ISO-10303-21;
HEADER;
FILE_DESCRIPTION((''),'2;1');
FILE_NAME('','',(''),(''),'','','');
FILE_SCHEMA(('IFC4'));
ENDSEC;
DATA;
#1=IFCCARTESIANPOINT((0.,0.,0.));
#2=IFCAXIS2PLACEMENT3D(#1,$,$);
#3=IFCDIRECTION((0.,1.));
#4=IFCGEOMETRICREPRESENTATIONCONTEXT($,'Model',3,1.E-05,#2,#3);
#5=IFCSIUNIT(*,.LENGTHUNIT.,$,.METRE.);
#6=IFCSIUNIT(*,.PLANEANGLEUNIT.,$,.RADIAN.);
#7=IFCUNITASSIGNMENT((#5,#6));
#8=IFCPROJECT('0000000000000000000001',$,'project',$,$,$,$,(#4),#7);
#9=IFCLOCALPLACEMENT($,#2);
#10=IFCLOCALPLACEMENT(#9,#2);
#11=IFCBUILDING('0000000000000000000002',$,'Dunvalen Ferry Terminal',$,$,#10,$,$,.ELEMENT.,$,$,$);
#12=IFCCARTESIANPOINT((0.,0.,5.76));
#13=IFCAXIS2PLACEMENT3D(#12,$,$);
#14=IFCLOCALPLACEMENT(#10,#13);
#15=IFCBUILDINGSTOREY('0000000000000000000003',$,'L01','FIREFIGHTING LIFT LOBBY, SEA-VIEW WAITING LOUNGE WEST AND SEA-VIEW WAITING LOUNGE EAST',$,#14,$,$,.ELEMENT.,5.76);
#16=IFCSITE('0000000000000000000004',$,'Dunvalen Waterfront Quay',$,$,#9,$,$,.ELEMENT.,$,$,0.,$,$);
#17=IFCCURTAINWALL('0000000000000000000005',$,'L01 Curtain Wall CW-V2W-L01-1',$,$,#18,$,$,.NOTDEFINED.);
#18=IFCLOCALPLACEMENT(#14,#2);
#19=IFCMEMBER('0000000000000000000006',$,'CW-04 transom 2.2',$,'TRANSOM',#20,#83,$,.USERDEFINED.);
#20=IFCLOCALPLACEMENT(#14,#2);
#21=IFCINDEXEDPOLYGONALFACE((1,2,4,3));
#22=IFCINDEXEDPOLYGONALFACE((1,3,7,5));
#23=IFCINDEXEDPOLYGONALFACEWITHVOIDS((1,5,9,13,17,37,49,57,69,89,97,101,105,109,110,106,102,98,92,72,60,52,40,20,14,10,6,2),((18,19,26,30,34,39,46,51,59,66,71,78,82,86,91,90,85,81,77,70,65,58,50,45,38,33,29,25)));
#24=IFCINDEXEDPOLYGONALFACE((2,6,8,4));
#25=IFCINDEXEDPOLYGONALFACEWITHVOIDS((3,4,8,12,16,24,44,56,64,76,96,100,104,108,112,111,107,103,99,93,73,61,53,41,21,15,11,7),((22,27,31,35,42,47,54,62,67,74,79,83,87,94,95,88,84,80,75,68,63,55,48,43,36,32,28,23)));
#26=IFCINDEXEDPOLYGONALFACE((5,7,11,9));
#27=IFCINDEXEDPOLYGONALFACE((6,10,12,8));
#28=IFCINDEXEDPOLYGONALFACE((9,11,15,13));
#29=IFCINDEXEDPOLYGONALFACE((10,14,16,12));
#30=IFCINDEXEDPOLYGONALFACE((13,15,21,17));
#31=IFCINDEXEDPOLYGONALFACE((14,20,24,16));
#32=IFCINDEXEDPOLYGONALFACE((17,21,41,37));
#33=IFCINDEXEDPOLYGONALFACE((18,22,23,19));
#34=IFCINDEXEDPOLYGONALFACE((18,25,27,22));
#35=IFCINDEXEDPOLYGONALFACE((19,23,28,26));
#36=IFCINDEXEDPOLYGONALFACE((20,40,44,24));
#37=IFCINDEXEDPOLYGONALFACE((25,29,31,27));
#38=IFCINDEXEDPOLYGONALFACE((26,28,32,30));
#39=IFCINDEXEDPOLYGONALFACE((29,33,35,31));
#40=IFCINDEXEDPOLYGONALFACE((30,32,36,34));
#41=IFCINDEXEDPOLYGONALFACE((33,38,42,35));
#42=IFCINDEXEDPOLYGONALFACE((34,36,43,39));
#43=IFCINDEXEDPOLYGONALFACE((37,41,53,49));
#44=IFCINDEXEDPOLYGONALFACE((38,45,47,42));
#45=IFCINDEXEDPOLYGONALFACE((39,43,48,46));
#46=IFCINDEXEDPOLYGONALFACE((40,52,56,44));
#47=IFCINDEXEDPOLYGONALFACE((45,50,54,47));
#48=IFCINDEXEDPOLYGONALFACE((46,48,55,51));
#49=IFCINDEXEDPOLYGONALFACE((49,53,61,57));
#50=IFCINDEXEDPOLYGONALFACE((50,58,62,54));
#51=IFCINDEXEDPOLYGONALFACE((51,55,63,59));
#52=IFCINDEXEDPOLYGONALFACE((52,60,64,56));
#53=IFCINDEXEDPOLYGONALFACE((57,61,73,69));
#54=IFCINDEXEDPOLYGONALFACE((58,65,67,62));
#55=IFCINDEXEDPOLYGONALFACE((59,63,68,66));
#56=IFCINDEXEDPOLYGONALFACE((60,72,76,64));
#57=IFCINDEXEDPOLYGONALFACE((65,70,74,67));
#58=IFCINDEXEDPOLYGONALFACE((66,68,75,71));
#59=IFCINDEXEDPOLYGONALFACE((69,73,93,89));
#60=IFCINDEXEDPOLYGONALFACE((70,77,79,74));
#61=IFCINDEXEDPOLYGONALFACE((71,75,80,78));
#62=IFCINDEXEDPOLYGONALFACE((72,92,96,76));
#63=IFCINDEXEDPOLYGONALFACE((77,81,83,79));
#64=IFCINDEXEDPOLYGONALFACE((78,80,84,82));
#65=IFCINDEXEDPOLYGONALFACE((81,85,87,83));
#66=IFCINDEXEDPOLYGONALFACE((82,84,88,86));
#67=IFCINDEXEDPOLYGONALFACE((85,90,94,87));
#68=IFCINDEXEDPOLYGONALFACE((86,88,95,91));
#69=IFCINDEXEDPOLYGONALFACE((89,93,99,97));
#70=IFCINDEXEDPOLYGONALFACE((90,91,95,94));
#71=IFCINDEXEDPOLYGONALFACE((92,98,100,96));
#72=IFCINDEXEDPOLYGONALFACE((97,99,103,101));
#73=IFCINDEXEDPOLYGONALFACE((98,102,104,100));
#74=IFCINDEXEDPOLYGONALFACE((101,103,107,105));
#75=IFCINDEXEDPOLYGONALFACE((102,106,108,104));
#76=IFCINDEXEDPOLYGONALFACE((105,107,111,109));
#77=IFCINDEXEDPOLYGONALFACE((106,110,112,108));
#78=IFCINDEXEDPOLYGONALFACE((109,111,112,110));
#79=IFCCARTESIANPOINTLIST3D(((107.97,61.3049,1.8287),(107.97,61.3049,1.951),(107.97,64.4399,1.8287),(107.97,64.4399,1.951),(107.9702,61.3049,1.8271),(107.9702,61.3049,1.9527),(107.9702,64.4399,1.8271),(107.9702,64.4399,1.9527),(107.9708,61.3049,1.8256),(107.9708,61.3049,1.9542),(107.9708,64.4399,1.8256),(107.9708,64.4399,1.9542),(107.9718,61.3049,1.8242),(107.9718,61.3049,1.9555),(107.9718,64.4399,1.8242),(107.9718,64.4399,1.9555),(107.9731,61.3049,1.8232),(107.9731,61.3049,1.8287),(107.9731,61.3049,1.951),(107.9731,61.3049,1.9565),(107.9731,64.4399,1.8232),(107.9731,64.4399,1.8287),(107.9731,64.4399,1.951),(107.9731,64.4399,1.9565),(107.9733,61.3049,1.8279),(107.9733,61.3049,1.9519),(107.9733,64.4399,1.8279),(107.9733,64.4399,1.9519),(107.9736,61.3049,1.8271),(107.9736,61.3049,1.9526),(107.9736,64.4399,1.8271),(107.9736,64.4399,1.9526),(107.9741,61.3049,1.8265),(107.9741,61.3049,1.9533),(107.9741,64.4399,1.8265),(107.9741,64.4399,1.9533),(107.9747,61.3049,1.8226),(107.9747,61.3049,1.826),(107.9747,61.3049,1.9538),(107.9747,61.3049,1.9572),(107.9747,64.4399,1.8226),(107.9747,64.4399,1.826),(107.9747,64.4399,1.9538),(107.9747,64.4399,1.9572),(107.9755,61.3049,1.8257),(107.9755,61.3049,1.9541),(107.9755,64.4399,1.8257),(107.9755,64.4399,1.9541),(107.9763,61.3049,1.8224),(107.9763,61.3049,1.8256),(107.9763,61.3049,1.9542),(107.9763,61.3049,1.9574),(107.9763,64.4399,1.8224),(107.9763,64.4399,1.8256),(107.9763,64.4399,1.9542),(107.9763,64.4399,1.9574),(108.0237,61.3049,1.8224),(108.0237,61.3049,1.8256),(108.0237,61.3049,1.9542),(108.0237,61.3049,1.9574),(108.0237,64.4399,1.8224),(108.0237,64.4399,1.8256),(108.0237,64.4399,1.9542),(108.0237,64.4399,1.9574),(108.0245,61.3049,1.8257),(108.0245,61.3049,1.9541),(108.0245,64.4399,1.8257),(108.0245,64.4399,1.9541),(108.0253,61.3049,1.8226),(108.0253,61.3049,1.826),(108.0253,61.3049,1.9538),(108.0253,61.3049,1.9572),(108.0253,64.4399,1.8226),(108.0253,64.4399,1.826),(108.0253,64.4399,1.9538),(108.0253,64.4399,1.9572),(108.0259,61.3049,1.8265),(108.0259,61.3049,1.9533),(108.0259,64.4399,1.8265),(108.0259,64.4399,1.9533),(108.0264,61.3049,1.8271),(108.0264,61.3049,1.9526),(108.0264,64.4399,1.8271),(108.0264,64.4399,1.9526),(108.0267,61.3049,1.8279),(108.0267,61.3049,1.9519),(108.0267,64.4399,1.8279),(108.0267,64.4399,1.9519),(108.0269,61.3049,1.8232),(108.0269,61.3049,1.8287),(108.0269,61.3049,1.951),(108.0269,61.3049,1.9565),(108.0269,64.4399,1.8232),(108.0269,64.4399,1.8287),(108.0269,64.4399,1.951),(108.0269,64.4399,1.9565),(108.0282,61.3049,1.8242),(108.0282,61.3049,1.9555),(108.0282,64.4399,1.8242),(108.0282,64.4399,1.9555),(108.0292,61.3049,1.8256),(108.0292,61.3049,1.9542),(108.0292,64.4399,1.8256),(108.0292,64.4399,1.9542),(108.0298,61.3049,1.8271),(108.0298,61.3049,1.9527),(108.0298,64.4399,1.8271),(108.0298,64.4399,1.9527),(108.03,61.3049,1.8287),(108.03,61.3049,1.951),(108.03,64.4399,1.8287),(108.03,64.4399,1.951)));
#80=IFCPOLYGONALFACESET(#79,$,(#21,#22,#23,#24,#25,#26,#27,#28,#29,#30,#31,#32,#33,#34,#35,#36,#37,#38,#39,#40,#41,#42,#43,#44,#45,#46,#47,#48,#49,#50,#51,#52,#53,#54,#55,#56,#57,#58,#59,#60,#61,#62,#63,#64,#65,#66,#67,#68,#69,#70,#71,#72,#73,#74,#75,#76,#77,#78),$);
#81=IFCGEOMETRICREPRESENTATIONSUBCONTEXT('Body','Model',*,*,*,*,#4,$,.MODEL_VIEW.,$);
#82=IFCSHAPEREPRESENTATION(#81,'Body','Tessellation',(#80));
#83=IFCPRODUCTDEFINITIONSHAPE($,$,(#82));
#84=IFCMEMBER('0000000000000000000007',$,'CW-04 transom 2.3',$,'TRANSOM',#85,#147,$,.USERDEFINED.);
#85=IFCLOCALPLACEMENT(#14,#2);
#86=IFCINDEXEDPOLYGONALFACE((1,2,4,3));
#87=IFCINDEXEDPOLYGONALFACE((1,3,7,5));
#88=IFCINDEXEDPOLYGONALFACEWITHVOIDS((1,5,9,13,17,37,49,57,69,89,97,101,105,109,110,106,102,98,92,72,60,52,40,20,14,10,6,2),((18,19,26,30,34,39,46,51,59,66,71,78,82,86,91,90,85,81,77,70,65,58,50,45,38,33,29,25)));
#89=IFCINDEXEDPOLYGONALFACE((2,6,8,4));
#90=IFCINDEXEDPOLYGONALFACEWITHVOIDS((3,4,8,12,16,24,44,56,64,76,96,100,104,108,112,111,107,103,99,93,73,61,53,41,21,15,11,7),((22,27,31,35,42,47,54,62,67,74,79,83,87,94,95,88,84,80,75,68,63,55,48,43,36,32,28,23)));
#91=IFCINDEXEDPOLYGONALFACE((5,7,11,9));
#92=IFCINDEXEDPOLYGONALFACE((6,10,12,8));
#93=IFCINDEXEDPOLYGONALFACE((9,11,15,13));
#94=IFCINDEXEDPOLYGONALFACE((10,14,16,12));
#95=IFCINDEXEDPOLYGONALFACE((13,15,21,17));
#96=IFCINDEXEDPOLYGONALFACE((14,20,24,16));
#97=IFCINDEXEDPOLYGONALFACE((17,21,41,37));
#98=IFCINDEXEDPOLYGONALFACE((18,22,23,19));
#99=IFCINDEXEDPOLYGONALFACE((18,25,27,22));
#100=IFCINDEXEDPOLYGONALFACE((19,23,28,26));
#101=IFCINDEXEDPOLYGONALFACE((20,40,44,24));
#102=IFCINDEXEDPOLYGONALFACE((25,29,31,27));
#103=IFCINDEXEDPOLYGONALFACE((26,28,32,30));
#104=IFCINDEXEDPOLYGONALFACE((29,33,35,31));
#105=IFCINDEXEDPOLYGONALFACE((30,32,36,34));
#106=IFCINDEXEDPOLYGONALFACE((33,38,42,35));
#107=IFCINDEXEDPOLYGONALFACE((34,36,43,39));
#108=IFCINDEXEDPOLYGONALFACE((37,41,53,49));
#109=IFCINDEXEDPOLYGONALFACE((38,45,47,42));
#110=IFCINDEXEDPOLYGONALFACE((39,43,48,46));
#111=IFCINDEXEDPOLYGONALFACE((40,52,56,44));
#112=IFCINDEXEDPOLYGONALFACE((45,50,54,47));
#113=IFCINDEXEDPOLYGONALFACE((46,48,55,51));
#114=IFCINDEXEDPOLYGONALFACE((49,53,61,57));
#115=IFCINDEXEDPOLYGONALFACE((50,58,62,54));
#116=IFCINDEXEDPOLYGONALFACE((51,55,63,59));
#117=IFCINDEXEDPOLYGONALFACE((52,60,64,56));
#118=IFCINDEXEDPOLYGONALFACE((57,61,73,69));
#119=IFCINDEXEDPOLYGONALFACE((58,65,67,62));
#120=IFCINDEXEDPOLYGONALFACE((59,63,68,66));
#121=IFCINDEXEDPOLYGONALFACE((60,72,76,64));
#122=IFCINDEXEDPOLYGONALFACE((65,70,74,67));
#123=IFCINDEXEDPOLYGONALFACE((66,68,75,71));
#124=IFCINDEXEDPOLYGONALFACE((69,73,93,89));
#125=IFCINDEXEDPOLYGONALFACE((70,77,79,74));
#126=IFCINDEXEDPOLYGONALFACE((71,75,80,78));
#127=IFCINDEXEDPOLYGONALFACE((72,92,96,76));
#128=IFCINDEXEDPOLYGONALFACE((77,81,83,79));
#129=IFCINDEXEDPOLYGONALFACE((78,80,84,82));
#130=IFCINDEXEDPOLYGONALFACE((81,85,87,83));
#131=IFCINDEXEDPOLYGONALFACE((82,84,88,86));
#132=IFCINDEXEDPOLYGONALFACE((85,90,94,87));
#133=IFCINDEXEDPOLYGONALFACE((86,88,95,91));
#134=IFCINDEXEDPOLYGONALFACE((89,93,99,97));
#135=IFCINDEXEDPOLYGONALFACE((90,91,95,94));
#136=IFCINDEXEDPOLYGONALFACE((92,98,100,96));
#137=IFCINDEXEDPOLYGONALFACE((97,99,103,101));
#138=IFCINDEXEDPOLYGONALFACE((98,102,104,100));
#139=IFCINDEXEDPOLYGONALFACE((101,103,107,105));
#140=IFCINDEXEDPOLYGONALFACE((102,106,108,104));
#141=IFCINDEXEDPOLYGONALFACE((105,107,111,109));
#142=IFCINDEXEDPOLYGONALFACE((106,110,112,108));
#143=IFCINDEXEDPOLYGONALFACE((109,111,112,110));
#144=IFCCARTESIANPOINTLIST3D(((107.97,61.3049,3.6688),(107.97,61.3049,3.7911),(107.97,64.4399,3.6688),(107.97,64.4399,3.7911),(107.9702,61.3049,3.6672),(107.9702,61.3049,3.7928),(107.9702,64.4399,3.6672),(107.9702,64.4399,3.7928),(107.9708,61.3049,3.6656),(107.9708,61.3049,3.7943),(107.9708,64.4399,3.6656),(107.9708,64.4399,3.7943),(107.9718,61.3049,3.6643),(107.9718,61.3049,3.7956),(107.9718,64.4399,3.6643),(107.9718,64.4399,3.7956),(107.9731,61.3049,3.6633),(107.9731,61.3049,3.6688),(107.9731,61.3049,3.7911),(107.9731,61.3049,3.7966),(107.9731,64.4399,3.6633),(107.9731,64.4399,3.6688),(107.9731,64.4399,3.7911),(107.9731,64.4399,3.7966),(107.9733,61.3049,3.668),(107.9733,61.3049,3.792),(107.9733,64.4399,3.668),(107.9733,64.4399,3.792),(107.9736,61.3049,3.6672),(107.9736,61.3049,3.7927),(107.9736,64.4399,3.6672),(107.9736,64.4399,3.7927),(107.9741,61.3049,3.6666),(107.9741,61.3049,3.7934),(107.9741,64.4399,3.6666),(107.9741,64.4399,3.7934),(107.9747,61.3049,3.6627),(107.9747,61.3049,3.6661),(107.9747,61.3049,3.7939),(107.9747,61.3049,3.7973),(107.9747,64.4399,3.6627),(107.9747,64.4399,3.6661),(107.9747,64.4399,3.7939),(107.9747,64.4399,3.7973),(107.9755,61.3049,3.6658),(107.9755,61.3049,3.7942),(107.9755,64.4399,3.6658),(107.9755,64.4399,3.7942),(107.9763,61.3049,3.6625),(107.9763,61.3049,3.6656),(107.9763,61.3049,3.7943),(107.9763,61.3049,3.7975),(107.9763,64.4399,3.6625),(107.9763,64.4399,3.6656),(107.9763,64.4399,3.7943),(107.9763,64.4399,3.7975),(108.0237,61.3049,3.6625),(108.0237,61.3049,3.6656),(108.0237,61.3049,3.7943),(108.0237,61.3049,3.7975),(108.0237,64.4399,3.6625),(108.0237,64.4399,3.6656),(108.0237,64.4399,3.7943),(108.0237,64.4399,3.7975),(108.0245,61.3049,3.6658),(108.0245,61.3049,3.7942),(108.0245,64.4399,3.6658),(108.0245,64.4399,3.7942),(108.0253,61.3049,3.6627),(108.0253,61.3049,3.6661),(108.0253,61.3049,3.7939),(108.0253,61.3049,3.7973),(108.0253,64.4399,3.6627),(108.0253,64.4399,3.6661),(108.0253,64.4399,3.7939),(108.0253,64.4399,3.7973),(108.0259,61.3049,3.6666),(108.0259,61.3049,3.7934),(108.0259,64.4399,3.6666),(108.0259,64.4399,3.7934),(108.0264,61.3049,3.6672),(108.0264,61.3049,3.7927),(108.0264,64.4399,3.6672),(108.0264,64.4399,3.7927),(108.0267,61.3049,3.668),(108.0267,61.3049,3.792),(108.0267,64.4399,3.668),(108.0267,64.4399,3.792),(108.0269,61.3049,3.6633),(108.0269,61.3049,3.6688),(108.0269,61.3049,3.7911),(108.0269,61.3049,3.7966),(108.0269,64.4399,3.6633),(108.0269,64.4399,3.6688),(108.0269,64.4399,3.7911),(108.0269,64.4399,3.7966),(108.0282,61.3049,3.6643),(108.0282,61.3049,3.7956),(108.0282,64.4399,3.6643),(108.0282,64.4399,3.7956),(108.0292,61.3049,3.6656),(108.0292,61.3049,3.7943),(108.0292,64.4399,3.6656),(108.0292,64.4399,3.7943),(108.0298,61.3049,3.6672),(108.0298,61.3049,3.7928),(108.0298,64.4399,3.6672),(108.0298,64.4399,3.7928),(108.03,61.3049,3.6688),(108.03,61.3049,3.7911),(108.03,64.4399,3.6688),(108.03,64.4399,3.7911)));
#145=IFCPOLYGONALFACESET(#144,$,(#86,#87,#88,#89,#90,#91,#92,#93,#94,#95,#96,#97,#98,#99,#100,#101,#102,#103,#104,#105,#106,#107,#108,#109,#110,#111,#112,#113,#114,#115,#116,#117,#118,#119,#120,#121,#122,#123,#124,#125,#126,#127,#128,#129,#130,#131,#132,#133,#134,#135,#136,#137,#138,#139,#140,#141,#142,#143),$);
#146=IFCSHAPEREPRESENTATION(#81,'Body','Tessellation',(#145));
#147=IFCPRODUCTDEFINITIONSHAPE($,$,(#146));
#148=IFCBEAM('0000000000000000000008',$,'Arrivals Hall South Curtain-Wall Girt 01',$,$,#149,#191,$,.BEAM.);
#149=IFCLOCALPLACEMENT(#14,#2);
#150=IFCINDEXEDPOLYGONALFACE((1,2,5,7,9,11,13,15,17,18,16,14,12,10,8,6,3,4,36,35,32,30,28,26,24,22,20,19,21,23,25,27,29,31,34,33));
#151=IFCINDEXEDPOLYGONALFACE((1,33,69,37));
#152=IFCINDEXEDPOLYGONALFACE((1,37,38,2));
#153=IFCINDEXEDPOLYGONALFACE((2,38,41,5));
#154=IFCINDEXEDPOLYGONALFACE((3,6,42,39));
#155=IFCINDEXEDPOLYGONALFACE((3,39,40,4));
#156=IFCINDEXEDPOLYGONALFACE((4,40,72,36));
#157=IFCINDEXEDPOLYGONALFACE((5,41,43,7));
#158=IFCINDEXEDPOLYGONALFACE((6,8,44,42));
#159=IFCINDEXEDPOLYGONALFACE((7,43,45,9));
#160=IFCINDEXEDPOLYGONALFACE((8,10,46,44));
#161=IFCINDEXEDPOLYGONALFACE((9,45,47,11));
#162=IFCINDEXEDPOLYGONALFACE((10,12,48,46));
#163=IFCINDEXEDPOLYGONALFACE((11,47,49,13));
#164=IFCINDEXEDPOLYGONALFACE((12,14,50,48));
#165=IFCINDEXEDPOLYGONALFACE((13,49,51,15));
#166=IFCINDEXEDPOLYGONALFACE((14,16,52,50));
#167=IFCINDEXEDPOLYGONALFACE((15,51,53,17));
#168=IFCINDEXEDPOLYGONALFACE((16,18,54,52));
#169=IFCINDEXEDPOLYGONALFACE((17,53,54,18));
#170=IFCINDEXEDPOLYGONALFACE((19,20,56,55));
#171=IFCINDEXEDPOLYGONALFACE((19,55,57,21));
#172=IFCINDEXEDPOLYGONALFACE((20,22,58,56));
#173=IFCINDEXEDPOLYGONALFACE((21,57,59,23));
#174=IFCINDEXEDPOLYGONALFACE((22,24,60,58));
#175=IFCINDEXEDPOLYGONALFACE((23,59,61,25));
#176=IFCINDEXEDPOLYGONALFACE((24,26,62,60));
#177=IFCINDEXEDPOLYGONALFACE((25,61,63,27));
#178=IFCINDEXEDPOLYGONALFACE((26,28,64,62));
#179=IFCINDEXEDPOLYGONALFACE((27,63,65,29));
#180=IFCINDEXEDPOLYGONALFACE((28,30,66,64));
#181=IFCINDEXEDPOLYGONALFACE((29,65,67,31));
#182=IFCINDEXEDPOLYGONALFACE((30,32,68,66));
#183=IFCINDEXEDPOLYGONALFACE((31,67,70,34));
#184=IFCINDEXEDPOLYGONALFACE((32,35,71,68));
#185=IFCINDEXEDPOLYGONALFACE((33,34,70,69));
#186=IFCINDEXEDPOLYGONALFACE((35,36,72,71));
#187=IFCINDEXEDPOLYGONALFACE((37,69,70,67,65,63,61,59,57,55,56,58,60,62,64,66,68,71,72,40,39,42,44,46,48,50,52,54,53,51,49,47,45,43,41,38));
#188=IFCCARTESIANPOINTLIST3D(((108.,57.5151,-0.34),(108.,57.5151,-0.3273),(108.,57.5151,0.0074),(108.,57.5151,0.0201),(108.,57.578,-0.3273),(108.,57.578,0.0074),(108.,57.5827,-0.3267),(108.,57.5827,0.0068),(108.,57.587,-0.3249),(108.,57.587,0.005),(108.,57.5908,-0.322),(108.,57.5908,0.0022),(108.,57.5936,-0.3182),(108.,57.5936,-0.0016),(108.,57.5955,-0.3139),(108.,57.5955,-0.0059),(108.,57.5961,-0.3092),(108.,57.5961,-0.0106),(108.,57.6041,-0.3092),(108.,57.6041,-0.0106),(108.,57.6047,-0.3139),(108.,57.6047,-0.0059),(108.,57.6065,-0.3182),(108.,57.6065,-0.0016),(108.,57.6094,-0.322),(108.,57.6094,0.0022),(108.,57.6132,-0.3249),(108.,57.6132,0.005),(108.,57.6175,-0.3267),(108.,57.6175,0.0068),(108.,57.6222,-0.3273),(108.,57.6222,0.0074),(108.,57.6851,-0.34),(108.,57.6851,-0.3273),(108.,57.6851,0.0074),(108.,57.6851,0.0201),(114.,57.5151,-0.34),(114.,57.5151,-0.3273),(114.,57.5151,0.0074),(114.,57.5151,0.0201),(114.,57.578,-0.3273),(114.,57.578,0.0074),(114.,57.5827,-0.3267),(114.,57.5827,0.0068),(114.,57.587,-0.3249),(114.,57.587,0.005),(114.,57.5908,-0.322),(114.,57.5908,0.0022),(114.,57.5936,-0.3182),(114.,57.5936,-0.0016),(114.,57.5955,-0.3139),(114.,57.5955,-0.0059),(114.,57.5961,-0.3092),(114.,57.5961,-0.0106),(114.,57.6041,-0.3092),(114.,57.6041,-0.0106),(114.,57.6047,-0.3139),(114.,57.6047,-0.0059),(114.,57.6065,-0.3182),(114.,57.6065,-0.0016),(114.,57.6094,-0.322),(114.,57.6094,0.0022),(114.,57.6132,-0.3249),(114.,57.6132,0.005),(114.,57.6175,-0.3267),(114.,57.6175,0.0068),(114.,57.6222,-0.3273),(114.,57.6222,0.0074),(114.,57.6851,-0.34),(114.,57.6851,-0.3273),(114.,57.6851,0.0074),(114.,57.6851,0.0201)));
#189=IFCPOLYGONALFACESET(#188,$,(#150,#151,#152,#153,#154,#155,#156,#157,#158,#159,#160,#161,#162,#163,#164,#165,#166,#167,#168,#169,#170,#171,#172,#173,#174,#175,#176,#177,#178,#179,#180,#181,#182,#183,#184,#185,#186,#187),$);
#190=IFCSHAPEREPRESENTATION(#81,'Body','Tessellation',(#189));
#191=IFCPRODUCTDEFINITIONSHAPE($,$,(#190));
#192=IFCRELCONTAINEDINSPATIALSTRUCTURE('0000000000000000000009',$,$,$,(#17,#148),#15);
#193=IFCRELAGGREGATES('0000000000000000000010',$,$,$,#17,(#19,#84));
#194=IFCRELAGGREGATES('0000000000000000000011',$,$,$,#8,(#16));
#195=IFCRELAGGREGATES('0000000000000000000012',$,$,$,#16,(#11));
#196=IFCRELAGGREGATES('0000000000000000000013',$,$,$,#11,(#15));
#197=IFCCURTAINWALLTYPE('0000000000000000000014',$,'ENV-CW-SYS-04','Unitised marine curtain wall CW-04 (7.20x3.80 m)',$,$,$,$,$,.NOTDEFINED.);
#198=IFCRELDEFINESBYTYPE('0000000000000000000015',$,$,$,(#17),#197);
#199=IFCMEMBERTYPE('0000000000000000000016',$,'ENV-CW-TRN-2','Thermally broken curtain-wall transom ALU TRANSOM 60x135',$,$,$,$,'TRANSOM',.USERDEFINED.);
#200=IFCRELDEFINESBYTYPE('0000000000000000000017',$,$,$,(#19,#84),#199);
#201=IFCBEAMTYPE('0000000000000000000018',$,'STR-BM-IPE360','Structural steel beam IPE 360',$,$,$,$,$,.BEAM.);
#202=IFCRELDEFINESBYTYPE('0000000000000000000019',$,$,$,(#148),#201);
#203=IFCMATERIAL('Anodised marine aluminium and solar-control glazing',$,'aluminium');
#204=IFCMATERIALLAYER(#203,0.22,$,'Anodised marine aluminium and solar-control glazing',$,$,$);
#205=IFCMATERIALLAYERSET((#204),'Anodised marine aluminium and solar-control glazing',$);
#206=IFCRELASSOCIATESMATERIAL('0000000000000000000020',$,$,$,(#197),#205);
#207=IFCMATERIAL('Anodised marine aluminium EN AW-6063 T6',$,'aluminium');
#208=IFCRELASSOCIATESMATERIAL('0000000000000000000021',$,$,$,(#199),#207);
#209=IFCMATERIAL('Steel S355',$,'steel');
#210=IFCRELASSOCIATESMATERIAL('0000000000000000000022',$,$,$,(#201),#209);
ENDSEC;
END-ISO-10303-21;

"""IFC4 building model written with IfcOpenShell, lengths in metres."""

from ifc_helpers import new_model, si_unit, direction, frame, origin, origin_2d, place, context, subcontext, project, spatial, hollow_rectangle, i_section, extrude, material, layer, layer_set, material_profile, profile_set, type_object, element, aggregate, save


model = new_model("IFC4")

# Units and contexts
model_context = context("Model", 3, precision=1e-05, world=origin(), true_north=direction((0.0, 1.0)))
body_context = subcontext(model_context, "Body", "Model", "MODEL_VIEW")
ifc_project = project(units=[si_unit("LENGTHUNIT", "METRE"), si_unit("PLANEANGLEUNIT", "RADIAN")], contexts=[model_context])

# Site, building, storey
site_placement = place(None, origin())
site = spatial("IfcSite", under=ifc_project, at=site_placement, Name="Dunvalen Waterfront Quay", CompositionType="ELEMENT", RefElevation=0.0)
building_placement = place(site_placement, origin())
building = spatial("IfcBuilding", under=site, at=building_placement, Name="Dunvalen Ferry Terminal", CompositionType="ELEMENT")
storey_placement = place(building_placement, frame((0.0, 0.0, 5.76)))
storey = spatial("IfcBuildingStorey", under=building, at=storey_placement, Name="L01", Description="FIREFIGHTING LIFT LOBBY, SEA-VIEW WAITING LOUNGE WEST AND SEA-VIEW WAITING LOUNGE EAST", CompositionType="ELEMENT", Elevation=5.76)

# Shared definitions
ifc_material_1 = material(Name="Anodised marine aluminium and solar-control glazing", Category="aluminium")
ifc_layer_1 = layer(ifc_material_1, 0.22, Name="Anodised marine aluminium and solar-control glazing")
ifc_layer_set_1 = layer_set([ifc_layer_1], Name="Anodised marine aluminium and solar-control glazing")
curtain_wall_type = type_object("IfcCurtainWallType", Name="ENV-CW-SYS-04", Description="Unitised marine curtain wall CW-04 (7.20x3.80 m)", PredefinedType="NOTDEFINED", material=ifc_layer_set_1)
ifc_material_2 = material(Name="Anodised marine aluminium EN AW-6063 T6", Category="aluminium")

# Curtain wall
curtain_wall_1_placement = place(storey_placement, origin())
curtain_wall_1 = element("IfcCurtainWall", 1, at=curtain_wall_1_placement, inside=storey, type_object=curtain_wall_type, Name="L01 Curtain Wall CW-V2W-L01-1", PredefinedType="NOTDEFINED")

# Members
ifc_material_profile_1 = material_profile(ifc_material_2, hollow_rectangle(XDim=0.0601, YDim=0.135, WallThickness=0.0032, InnerFilletRadius=0.0032, OuterFilletRadius=0.0063, at=origin_2d()), Name="Anodised marine aluminium EN AW-6063 T6")
ifc_profile_set_1 = profile_set([ifc_material_profile_1], Name="Anodised marine aluminium EN AW-6063 T6")
member_type_1 = type_object("IfcMemberType", Name="ENV-CW-TRN-2", Description="Thermally broken curtain-wall transom ALU TRANSOM 60x135", ElementType="TRANSOM", PredefinedType="USERDEFINED", material=ifc_profile_set_1)
member_1_placement = place(storey_placement, frame((108.0, 61.3049, 1.8899), z_axis=(0.0, 1.0, 0.0), x_axis=(-1.0, 0.0, 0.0)))
member_1 = element("IfcMember", 2, at=member_1_placement, type_object=member_type_1, Name="CW-04 transom 2.2", ObjectType="TRANSOM", PredefinedType="USERDEFINED", context=body_context, shape_type="SweptSolid", body=[
    extrude(hollow_rectangle(XDim=0.0601, YDim=0.135, WallThickness=0.0032, InnerFilletRadius=0.0032, OuterFilletRadius=0.0063, at=origin_2d()), origin(), (0.0, 0.0, 1.0), 3.135),
])
member_2_placement = place(storey_placement, frame((108.0, 61.3049, 3.73), z_axis=(0.0, 1.0, 0.0), x_axis=(-1.0, 0.0, 0.0)))
member_2 = element("IfcMember", 3, at=member_2_placement, type_object=member_type_1, Name="CW-04 transom 2.3", ObjectType="TRANSOM", PredefinedType="USERDEFINED", context=body_context, shape_type="SweptSolid", body=[
    extrude(hollow_rectangle(XDim=0.0601, YDim=0.135, WallThickness=0.0032, InnerFilletRadius=0.0032, OuterFilletRadius=0.0063, at=origin_2d()), origin(), (0.0, 0.0, 1.0), 3.135),
])

# Beam
ifc_material_3 = material(Name="Steel S355", Category="steel")
ifc_material_profile_2 = material_profile(ifc_material_3, i_section(OverallWidth=0.1699, OverallDepth=0.3601, WebThickness=0.0081, FlangeThickness=0.0127, FilletRadius=0.0181, at=origin_2d()), Name="Steel S355")
ifc_profile_set_2 = profile_set([ifc_material_profile_2], Name="Steel S355")
beam_type_1 = type_object("IfcBeamType", Name="STR-BM-IPE360", Description="Structural steel beam IPE 360", PredefinedType="BEAM", material=ifc_profile_set_2)
beam_1_placement = place(storey_placement, frame((108.0, 57.6001, -0.1599), z_axis=(1.0, 0.0, 0.0), x_axis=(0.0, 1.0, 0.0)))
element("IfcBeam", 4, at=beam_1_placement, inside=storey, type_object=beam_type_1, Name="Arrivals Hall South Curtain-Wall Girt 01", PredefinedType="BEAM", context=body_context, shape_type="SweptSolid", body=[
    extrude(i_section(OverallWidth=0.1699, OverallDepth=0.3601, WebThickness=0.0081, FlangeThickness=0.0127, FilletRadius=0.0181, at=origin_2d()), origin(), (0.0, 0.0, 1.0), 6.0),
])

aggregate(curtain_wall_1, [member_1, member_2])

save(model, "model.ifc")
